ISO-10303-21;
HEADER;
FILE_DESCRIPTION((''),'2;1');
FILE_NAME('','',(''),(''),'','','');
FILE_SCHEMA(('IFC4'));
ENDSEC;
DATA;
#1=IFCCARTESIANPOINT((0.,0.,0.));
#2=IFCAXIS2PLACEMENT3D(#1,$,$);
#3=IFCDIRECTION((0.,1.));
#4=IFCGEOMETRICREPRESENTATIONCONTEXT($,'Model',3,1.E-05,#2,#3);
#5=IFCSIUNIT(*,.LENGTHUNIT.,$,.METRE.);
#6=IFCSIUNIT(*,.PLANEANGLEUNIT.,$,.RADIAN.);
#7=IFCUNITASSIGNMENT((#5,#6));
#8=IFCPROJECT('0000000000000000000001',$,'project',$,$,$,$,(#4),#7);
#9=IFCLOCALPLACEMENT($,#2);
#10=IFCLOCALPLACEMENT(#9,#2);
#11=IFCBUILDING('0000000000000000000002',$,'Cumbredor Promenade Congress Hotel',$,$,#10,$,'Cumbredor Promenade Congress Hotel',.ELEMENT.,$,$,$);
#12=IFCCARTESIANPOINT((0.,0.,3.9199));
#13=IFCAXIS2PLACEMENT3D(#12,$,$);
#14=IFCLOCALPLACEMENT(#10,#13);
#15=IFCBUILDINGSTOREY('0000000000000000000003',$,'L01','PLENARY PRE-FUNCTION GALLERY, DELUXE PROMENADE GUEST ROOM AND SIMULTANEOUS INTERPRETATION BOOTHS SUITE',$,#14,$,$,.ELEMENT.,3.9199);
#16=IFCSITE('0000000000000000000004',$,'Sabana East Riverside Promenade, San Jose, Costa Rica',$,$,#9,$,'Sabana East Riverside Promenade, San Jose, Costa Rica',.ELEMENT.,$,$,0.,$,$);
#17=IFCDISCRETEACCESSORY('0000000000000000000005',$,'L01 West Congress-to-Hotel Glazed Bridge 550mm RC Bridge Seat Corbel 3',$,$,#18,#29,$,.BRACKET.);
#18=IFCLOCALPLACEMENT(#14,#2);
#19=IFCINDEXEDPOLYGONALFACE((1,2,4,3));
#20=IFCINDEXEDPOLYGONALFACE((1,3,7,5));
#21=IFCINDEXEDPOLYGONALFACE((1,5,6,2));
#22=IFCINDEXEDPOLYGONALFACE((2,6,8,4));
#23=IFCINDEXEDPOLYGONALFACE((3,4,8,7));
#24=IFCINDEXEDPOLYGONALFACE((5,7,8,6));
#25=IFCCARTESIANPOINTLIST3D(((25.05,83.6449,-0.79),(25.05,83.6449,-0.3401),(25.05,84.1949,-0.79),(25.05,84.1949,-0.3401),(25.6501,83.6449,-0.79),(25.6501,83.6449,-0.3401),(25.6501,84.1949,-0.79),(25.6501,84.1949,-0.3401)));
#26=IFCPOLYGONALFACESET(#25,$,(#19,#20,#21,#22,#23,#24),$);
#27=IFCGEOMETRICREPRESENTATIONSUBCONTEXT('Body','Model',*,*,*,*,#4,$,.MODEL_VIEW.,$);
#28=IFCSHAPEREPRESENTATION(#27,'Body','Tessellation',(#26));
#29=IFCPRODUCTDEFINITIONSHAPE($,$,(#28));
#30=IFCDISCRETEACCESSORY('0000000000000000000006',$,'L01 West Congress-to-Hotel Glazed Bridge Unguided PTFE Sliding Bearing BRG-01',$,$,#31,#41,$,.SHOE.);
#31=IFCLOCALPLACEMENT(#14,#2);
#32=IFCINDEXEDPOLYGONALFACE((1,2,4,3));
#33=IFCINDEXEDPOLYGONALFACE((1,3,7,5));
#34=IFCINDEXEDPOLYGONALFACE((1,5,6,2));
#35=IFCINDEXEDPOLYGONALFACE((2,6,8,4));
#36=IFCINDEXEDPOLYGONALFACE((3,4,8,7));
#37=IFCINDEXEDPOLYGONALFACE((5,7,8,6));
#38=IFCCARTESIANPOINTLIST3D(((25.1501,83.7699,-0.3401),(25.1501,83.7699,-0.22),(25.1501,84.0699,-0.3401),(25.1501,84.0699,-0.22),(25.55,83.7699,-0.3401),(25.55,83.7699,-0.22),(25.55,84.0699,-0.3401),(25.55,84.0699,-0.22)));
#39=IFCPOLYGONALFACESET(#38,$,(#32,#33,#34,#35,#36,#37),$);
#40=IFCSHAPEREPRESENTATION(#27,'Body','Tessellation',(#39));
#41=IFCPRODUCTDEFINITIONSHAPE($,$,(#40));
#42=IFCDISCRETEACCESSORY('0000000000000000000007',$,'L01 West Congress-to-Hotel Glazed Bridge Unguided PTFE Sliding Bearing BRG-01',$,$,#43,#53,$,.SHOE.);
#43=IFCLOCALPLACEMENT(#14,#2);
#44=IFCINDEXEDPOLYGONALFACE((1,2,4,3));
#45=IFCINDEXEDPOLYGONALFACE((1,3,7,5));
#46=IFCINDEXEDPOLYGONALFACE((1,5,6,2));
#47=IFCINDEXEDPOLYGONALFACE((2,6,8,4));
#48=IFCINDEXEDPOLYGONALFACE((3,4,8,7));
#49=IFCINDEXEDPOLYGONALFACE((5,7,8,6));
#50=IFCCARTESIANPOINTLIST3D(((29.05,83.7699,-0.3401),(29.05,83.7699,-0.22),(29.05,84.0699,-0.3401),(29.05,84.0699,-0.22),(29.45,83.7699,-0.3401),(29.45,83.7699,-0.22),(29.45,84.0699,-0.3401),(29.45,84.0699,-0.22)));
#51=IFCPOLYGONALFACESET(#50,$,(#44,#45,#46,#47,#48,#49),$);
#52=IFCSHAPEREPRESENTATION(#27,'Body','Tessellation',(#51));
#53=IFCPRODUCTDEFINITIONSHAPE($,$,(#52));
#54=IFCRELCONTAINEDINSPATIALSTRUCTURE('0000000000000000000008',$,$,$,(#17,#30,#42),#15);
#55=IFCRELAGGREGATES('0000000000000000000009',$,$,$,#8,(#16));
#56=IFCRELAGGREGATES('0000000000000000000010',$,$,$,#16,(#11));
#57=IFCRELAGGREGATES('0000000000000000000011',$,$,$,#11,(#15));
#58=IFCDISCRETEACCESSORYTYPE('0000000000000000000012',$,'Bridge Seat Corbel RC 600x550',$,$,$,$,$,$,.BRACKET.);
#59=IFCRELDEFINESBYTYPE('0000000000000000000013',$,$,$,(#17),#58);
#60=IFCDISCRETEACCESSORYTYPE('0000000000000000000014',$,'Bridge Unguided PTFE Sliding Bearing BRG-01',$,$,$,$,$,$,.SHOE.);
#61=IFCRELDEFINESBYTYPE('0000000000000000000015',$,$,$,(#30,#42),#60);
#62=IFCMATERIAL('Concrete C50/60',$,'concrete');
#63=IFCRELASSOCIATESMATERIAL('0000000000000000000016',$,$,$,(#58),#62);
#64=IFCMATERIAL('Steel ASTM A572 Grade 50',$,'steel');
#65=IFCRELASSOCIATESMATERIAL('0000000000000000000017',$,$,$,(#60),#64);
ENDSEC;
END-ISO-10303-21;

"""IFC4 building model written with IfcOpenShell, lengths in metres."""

from ifc_helpers import new_model, si_unit, direction, frame, origin, origin_2d, place, context, subcontext, project, spatial, rectangle, extrude, material, type_object, element, save


model = new_model("IFC4")

# Units and contexts
model_context = context("Model", 3, precision=1e-05, world=origin(), true_north=direction((0.0, 1.0)))
body_context = subcontext(model_context, "Body", "Model", "MODEL_VIEW")
ifc_project = project(units=[si_unit("LENGTHUNIT", "METRE"), si_unit("PLANEANGLEUNIT", "RADIAN")], contexts=[model_context])

# Site, building, storey
site_placement = place(None, origin())
site = spatial("IfcSite", under=ifc_project, at=site_placement, Name="Sabana East Riverside Promenade, San Jose, Costa Rica", LongName="Sabana East Riverside Promenade, San Jose, Costa Rica", CompositionType="ELEMENT", RefElevation=0.0)
building_placement = place(site_placement, origin())
building = spatial("IfcBuilding", under=site, at=building_placement, Name="Cumbredor Promenade Congress Hotel", LongName="Cumbredor Promenade Congress Hotel", CompositionType="ELEMENT")
storey_placement = place(building_placement, frame((0.0, 0.0, 3.9199)))
storey = spatial("IfcBuildingStorey", under=building, at=storey_placement, Name="L01", Description="PLENARY PRE-FUNCTION GALLERY, DELUXE PROMENADE GUEST ROOM AND SIMULTANEOUS INTERPRETATION BOOTHS SUITE", CompositionType="ELEMENT", Elevation=3.9199)

# Shared definitions
ifc_material_1 = material(Name="Steel ASTM A572 Grade 50", Category="steel")

# Discrete accessories
ifc_material_2 = material(Name="Concrete C50/60", Category="concrete")
discrete_accessory_type_1 = type_object("IfcDiscreteAccessoryType", Name="Bridge Seat Corbel RC 600x550", PredefinedType="BRACKET", material=ifc_material_2)
discrete_accessory_placement = place(storey_placement, frame((25.3501, 83.9199, -0.79), z_axis=(0.0, 0.0, 1.0), x_axis=(0.0, 1.0, 0.0)))
element("IfcDiscreteAccessory", 1, at=discrete_accessory_placement, inside=storey, type_object=discrete_accessory_type_1, Name="L01 West Congress-to-Hotel Glazed Bridge 550mm RC Bridge Seat Corbel 3", PredefinedType="BRACKET", context=body_context, shape_type="SweptSolid", body=[
    extrude(rectangle(XDim=0.55, YDim=0.6001, at=origin_2d()), origin(), (0.0, 0.0, 1.0), 0.45),
])
discrete_accessory_type_2 = type_object("IfcDiscreteAccessoryType", Name="Bridge Unguided PTFE Sliding Bearing BRG-01", PredefinedType="SHOE", material=ifc_material_1)
for number, where, z_axis, x_axis, name in (
    (2, (25.3501, 83.9199, -0.3401), (0.0, 0.0, 1.0), (0.0, 1.0, 0.0), "L01 West Congress-to-Hotel Glazed Bridge Unguided PTFE Sliding Bearing BRG-01"),
    (3, (29.25, 83.9199, -0.3401), (0.0, 0.0, 1.0), (0.0, 1.0, 0.0), "L01 West Congress-to-Hotel Glazed Bridge Unguided PTFE Sliding Bearing BRG-01"),
):
    element("IfcDiscreteAccessory", number, at=place(storey_placement, frame(where, z_axis=z_axis, x_axis=x_axis)), inside=storey, type_object=discrete_accessory_type_2, Name=name, PredefinedType="SHOE", context=body_context, shape_type="SweptSolid", body=[
        extrude(rectangle(XDim=0.3, YDim=0.3999, at=origin_2d()), origin(), (0.0, 0.0, 1.0), 0.1201),
    ])

save(model, "model.ifc")
